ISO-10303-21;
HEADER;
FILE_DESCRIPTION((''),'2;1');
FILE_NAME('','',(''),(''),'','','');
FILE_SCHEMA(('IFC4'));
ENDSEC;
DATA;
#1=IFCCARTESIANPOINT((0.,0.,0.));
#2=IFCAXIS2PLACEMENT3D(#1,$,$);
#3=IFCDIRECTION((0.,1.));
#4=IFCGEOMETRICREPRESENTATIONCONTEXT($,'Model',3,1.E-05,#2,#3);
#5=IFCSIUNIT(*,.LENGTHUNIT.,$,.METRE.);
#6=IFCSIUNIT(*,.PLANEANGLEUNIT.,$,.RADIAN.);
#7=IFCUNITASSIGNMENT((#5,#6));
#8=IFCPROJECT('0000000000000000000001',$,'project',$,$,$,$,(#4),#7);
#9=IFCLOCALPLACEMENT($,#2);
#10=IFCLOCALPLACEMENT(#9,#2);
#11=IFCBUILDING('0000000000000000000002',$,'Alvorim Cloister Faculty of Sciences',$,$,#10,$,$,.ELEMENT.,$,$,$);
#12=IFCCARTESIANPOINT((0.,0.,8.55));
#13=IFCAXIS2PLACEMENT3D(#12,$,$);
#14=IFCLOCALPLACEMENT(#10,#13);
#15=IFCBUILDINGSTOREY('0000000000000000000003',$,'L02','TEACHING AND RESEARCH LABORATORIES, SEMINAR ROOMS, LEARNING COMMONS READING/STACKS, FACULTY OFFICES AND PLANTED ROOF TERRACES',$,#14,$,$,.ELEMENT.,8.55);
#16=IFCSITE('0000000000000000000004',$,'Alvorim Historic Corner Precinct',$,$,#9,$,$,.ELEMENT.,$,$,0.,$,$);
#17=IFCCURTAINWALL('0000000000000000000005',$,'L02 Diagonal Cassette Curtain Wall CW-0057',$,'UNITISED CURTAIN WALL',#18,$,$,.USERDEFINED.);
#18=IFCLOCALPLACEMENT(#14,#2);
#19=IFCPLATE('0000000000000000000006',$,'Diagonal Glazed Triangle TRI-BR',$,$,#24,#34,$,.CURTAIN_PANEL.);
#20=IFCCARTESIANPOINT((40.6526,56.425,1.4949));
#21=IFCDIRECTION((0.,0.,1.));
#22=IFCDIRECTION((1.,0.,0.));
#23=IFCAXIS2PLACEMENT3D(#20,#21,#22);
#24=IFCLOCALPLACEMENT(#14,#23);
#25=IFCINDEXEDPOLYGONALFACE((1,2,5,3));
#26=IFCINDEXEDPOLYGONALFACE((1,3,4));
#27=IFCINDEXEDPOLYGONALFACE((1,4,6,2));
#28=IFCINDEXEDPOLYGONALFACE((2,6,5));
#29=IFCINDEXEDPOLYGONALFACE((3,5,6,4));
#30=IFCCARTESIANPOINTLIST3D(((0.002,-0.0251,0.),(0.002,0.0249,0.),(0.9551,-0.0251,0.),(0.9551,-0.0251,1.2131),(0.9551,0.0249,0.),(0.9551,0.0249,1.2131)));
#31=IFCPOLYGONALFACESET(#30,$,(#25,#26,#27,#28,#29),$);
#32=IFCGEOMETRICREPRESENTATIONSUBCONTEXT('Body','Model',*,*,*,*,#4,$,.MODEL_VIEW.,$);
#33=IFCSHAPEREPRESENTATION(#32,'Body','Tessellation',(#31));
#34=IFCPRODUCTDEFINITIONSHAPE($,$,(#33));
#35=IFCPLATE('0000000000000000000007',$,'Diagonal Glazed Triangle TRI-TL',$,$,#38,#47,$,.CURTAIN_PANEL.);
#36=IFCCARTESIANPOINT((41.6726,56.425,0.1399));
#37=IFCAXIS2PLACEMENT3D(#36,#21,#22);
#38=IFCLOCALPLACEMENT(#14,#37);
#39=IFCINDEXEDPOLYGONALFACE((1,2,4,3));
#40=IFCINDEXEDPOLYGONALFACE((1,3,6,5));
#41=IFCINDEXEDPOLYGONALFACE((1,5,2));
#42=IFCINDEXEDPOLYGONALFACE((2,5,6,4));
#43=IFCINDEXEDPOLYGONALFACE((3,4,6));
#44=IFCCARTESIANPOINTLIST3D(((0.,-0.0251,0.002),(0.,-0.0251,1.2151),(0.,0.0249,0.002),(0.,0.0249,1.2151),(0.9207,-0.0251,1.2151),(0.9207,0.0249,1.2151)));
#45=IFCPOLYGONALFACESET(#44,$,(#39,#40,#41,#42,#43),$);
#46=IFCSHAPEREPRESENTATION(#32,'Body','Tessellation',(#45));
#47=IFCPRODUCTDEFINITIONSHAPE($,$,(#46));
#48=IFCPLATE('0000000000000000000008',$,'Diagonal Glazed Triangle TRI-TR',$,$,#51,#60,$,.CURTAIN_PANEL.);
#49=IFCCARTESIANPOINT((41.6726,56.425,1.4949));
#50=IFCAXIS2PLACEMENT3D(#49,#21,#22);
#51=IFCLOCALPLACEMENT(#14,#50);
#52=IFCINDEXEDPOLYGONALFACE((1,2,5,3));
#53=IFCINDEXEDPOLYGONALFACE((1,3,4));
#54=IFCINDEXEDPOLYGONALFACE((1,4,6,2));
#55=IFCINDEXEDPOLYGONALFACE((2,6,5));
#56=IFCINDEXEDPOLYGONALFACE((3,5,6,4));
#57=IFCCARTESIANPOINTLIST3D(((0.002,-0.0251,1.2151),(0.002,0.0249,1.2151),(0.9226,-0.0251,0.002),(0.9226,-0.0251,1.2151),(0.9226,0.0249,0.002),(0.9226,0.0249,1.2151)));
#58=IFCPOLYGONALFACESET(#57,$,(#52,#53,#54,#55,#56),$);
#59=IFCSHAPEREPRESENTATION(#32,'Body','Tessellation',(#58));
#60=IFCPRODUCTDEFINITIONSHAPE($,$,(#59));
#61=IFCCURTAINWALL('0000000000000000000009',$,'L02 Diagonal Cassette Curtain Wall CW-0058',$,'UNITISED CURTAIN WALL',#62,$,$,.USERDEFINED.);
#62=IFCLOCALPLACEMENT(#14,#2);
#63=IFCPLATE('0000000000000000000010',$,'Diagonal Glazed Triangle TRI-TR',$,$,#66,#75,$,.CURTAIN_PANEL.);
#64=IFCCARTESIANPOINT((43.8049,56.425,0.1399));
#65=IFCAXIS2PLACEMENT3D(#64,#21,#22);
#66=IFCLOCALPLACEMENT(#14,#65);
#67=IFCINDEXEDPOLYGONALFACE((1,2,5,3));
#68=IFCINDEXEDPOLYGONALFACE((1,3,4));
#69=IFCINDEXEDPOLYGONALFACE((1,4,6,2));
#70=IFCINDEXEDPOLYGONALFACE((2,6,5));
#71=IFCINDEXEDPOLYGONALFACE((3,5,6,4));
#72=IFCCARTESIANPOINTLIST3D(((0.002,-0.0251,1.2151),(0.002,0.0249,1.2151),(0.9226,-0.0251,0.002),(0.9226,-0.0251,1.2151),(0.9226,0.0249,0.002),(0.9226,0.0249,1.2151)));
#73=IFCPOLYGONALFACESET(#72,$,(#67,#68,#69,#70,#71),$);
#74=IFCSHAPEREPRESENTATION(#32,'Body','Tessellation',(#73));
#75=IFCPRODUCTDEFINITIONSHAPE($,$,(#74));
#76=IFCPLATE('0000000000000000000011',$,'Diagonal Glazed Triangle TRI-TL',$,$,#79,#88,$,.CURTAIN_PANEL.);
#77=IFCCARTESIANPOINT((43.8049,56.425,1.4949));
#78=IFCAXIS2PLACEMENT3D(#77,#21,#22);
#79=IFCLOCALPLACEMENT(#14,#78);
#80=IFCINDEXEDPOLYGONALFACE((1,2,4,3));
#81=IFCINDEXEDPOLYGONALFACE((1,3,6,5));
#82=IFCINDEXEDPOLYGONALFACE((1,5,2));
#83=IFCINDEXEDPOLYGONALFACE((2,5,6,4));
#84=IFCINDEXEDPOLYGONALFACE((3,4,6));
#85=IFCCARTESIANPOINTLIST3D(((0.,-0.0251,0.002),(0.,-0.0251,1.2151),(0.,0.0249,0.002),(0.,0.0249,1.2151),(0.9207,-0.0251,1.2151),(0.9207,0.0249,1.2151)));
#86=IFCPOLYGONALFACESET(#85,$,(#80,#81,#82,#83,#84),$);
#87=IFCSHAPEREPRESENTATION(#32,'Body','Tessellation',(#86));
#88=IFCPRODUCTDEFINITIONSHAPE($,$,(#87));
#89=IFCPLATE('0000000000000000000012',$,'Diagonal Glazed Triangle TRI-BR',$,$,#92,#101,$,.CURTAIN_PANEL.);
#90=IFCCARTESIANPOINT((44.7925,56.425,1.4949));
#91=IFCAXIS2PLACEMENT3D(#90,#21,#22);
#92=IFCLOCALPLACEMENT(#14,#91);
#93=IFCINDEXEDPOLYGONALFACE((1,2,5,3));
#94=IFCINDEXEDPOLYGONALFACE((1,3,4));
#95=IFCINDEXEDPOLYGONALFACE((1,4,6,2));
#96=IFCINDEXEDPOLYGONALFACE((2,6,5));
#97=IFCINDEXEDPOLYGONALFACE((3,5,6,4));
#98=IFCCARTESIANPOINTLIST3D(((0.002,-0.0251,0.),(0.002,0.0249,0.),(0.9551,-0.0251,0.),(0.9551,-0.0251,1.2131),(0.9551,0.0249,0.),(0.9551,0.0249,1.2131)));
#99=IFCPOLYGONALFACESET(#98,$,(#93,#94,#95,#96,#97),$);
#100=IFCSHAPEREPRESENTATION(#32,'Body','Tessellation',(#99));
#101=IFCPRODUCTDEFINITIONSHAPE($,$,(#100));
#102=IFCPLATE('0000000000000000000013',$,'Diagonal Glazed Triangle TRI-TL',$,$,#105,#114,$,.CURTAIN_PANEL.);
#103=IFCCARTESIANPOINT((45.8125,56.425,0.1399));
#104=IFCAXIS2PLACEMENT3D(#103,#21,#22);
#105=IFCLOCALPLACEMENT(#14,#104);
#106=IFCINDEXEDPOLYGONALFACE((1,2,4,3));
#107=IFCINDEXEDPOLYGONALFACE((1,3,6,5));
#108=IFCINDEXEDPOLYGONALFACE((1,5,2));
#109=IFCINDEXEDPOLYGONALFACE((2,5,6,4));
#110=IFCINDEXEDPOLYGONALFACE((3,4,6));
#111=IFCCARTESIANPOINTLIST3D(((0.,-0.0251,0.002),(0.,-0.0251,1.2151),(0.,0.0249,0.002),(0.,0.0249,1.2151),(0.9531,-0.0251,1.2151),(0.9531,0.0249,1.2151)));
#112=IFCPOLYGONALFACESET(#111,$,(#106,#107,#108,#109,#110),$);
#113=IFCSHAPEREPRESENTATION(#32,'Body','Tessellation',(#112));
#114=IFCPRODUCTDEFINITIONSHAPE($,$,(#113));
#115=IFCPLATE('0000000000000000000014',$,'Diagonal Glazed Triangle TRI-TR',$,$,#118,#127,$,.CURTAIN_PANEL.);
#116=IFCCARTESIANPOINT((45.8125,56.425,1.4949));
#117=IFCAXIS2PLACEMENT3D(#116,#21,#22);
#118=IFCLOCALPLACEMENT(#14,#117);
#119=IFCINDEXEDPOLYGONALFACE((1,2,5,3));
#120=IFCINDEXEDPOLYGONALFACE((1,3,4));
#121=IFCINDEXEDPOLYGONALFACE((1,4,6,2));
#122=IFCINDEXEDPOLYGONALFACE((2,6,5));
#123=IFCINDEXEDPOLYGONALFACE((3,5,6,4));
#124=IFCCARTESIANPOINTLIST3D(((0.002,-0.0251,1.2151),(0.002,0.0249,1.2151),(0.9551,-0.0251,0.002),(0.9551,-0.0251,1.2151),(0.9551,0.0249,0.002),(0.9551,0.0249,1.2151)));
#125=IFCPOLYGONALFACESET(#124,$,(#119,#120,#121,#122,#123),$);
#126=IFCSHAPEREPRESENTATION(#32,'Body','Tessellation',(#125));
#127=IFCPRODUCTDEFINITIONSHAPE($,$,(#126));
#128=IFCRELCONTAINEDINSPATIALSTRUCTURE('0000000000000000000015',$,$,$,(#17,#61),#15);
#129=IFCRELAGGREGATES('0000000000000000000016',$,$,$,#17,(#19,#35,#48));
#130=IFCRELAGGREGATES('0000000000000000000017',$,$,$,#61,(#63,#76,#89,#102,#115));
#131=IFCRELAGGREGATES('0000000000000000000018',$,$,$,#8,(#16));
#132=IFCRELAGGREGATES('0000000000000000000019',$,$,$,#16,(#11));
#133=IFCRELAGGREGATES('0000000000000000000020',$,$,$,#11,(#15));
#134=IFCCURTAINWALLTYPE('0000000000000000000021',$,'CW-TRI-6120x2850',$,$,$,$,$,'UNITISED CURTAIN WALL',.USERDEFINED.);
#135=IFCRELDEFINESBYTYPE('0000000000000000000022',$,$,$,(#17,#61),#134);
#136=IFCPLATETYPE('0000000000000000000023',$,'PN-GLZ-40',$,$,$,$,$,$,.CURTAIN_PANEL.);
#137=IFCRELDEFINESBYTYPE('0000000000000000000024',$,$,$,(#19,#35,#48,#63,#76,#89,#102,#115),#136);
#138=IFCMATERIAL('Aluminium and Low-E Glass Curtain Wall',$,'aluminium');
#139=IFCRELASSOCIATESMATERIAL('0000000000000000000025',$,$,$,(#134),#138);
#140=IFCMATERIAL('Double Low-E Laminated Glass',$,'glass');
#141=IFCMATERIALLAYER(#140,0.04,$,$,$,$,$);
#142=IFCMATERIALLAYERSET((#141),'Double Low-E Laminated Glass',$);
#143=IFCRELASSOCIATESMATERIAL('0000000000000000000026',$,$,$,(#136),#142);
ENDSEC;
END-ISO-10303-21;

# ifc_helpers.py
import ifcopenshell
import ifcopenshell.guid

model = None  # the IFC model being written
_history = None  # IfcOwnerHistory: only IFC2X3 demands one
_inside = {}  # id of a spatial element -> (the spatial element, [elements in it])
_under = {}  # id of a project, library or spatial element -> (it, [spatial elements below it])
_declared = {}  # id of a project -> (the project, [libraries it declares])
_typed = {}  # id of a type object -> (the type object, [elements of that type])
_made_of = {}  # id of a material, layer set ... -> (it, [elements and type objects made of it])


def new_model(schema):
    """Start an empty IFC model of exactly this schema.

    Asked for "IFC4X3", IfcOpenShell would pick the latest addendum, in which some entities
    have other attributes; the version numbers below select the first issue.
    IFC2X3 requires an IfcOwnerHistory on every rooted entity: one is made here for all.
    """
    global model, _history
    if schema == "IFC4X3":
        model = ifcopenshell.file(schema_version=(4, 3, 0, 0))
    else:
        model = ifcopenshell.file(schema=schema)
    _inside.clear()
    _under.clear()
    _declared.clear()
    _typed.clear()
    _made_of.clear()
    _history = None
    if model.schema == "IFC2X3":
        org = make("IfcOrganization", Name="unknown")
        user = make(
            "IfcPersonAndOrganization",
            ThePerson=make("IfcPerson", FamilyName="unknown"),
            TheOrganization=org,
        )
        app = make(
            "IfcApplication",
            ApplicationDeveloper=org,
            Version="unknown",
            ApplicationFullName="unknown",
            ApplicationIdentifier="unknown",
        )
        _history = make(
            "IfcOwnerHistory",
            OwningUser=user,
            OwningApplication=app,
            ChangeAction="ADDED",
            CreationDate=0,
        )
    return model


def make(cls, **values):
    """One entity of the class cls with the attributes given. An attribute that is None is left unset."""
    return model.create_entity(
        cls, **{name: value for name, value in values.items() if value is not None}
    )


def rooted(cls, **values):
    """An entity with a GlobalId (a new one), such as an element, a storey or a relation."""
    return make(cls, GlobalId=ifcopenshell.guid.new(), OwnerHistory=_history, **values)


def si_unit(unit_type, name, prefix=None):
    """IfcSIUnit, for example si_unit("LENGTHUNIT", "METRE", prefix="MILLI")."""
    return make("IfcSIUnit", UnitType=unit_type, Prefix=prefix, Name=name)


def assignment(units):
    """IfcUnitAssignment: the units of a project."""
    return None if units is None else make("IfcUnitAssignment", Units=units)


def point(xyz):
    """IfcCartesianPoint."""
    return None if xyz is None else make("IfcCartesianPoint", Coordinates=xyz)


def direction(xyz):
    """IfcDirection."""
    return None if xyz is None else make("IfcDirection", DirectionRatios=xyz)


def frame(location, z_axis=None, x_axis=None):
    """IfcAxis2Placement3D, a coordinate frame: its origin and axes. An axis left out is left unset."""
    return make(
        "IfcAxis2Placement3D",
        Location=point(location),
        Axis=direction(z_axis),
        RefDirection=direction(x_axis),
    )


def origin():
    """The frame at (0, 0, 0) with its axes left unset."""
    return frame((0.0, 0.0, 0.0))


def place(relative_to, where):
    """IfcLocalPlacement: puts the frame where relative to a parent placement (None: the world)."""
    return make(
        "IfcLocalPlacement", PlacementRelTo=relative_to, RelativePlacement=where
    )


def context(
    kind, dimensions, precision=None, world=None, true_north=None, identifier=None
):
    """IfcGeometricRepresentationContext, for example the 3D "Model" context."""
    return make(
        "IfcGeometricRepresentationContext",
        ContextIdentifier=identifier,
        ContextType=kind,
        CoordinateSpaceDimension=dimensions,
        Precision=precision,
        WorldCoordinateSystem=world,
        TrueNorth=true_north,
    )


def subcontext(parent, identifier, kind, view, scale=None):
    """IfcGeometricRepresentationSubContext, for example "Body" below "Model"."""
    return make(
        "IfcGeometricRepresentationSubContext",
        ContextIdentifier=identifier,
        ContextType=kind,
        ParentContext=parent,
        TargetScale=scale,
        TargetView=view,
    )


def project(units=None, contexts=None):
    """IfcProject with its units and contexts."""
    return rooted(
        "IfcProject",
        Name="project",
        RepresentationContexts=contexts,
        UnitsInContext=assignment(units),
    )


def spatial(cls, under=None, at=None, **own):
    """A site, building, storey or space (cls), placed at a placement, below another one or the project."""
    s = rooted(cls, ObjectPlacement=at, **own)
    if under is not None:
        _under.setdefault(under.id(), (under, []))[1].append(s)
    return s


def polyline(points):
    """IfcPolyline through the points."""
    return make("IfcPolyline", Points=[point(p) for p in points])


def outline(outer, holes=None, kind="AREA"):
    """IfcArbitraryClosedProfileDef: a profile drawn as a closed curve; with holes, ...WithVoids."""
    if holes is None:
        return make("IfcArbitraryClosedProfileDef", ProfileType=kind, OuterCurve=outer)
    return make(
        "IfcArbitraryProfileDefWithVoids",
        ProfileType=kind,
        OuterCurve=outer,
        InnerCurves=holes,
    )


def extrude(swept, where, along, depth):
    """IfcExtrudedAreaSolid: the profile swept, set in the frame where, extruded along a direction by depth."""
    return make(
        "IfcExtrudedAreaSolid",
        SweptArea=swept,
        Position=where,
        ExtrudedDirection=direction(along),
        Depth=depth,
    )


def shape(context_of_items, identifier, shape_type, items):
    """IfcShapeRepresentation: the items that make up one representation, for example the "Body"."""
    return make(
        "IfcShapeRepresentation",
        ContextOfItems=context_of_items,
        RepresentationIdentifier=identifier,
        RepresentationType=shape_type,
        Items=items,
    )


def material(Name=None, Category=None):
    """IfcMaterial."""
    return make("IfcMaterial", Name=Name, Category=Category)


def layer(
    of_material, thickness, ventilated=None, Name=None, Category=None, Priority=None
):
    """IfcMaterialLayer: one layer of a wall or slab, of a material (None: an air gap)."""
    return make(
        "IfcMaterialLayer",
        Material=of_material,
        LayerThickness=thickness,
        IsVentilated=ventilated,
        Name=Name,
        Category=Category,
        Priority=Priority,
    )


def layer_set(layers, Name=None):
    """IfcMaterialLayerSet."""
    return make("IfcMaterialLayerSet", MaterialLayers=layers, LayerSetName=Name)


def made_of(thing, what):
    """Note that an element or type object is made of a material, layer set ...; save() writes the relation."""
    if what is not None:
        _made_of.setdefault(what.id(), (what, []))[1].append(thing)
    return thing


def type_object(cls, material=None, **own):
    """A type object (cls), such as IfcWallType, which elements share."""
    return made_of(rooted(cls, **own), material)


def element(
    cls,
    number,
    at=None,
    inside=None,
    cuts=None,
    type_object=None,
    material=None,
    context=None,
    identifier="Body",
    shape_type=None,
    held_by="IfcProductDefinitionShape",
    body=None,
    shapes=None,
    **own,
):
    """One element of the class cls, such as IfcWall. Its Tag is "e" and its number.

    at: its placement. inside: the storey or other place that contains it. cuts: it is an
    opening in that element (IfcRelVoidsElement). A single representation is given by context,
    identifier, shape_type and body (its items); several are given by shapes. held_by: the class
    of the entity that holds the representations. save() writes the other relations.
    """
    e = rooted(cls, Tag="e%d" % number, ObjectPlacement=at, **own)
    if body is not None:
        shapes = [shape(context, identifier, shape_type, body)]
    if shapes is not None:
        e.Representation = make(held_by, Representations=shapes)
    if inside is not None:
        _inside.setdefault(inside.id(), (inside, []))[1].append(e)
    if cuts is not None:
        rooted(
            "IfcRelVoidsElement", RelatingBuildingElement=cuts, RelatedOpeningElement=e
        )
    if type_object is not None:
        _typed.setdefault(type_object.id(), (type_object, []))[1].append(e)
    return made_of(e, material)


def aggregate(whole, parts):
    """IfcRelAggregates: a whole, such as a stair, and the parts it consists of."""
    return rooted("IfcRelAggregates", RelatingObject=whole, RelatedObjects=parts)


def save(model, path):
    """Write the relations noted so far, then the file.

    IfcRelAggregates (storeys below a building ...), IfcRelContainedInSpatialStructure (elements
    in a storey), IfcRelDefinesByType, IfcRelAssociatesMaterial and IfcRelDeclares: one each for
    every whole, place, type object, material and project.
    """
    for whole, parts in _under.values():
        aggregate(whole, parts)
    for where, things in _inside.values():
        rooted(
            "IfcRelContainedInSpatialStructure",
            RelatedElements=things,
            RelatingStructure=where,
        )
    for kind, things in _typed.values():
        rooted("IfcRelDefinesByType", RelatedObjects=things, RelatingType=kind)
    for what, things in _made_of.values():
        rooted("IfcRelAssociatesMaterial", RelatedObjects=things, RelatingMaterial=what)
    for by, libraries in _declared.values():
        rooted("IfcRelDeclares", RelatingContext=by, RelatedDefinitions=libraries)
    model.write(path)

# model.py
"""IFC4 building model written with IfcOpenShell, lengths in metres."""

from ifc_helpers import new_model, si_unit, direction, frame, origin, place, context, subcontext, project, spatial, polyline, outline, extrude, material, layer, layer_set, type_object, element, aggregate, save


model = new_model("IFC4")

# Units and contexts
model_context = context("Model", 3, precision=1e-05, world=origin(), true_north=direction((0.0, 1.0)))
body_context = subcontext(model_context, "Body", "Model", "MODEL_VIEW")
ifc_project = project(units=[si_unit("LENGTHUNIT", "METRE"), si_unit("PLANEANGLEUNIT", "RADIAN")], contexts=[model_context])

# Site, building, storey
site_placement = place(None, origin())
site = spatial("IfcSite", under=ifc_project, at=site_placement, Name="Alvorim Historic Corner Precinct", CompositionType="ELEMENT", RefElevation=0.0)
building_placement = place(site_placement, origin())
building = spatial("IfcBuilding", under=site, at=building_placement, Name="Alvorim Cloister Faculty of Sciences", CompositionType="ELEMENT")
storey_placement = place(building_placement, frame((0.0, 0.0, 8.55)))
storey = spatial("IfcBuildingStorey", under=building, at=storey_placement, Name="L02", Description="TEACHING AND RESEARCH LABORATORIES, SEMINAR ROOMS, LEARNING COMMONS READING/STACKS, FACULTY OFFICES AND PLANTED ROOF TERRACES", CompositionType="ELEMENT", Elevation=8.55)

# Curtain walls, plates
ifc_material_1 = material(Name="Aluminium and Low-E Glass Curtain Wall", Category="aluminium")
curtain_wall_type = type_object("IfcCurtainWallType", Name="CW-TRI-6120x2850", ElementType="UNITISED CURTAIN WALL", PredefinedType="USERDEFINED", material=ifc_material_1)
curtain_wall_1_placement = place(storey_placement, origin())
curtain_wall_1 = element("IfcCurtainWall", 1, at=curtain_wall_1_placement, inside=storey, type_object=curtain_wall_type, Name="L02 Diagonal Cassette Curtain Wall CW-0057", ObjectType="UNITISED CURTAIN WALL", PredefinedType="USERDEFINED")
ifc_material_2 = material(Name="Double Low-E Laminated Glass", Category="glass")
ifc_layer_1 = layer(ifc_material_2, 0.04)
ifc_layer_set_1 = layer_set([ifc_layer_1], Name="Double Low-E Laminated Glass")
plate_type = type_object("IfcPlateType", Name="PN-GLZ-40", PredefinedType="CURTAIN_PANEL", material=ifc_layer_set_1)
plate_1_placement = place(storey_placement, frame((40.6526, 56.425, 1.4949), z_axis=(0.0, 0.0, 1.0), x_axis=(1.0, 0.0, 0.0)))
plate_1 = element("IfcPlate", 2, at=plate_1_placement, type_object=plate_type, Name="Diagonal Glazed Triangle TRI-BR", PredefinedType="CURTAIN_PANEL", context=body_context, shape_type="SweptSolid", body=[
    extrude(outline(polyline([(0.002, 0.0), (0.9551, 0.0), (0.9551, 1.2131), (0.002, 0.0)])), frame((0.0, 0.0249, 0.0), z_axis=(0.0, -1.0, 0.0), x_axis=(1.0, 0.0, 0.0)), (0.0, 0.0, 1.0), 0.05),
])
plate_2_placement = place(storey_placement, frame((41.6726, 56.425, 0.1399), z_axis=(0.0, 0.0, 1.0), x_axis=(1.0, 0.0, 0.0)))
plate_2 = element("IfcPlate", 3, at=plate_2_placement, type_object=plate_type, Name="Diagonal Glazed Triangle TRI-TL", PredefinedType="CURTAIN_PANEL", context=body_context, shape_type="SweptSolid", body=[
    extrude(outline(polyline([(0.9207, 1.2151), (0.0, 1.2151), (0.0, 0.002), (0.9207, 1.2151)])), frame((0.0, 0.0249, 0.0), z_axis=(0.0, -1.0, 0.0), x_axis=(1.0, 0.0, 0.0)), (0.0, 0.0, 1.0), 0.05),
])
plate_3_placement = place(storey_placement, frame((41.6726, 56.425, 1.4949), z_axis=(0.0, 0.0, 1.0), x_axis=(1.0, 0.0, 0.0)))
plate_3 = element("IfcPlate", 4, at=plate_3_placement, type_object=plate_type, Name="Diagonal Glazed Triangle TRI-TR", PredefinedType="CURTAIN_PANEL", context=body_context, shape_type="SweptSolid", body=[
    extrude(outline(polyline([(0.9226, 0.002), (0.9226, 1.2151), (0.002, 1.2151), (0.9226, 0.002)])), frame((0.0, 0.0249, 0.0), z_axis=(0.0, -1.0, 0.0), x_axis=(1.0, 0.0, 0.0)), (0.0, 0.0, 1.0), 0.05),
])
aggregate(curtain_wall_1, [plate_1, plate_2, plate_3])
curtain_wall_2_placement = place(storey_placement, origin())
curtain_wall_2 = element("IfcCurtainWall", 5, at=curtain_wall_2_placement, inside=storey, type_object=curtain_wall_type, Name="L02 Diagonal Cassette Curtain Wall CW-0058", ObjectType="UNITISED CURTAIN WALL", PredefinedType="USERDEFINED")
plate_4_placement = place(storey_placement, frame((43.8049, 56.425, 0.1399), z_axis=(0.0, 0.0, 1.0), x_axis=(1.0, 0.0, 0.0)))
plate_4 = element("IfcPlate", 6, at=plate_4_placement, type_object=plate_type, Name="Diagonal Glazed Triangle TRI-TR", PredefinedType="CURTAIN_PANEL", context=body_context, shape_type="SweptSolid", body=[
    extrude(outline(polyline([(0.9226, 0.002), (0.9226, 1.2151), (0.002, 1.2151), (0.9226, 0.002)])), frame((0.0, 0.0249, 0.0), z_axis=(0.0, -1.0, 0.0), x_axis=(1.0, 0.0, 0.0)), (0.0, 0.0, 1.0), 0.05),
])
plate_5_placement = place(storey_placement, frame((43.8049, 56.425, 1.4949), z_axis=(0.0, 0.0, 1.0), x_axis=(1.0, 0.0, 0.0)))
plate_5 = element("IfcPlate", 7, at=plate_5_placement, type_object=plate_type, Name="Diagonal Glazed Triangle TRI-TL", PredefinedType="CURTAIN_PANEL", context=body_context, shape_type="SweptSolid", body=[
    extrude(outline(polyline([(0.9207, 1.2151), (0.0, 1.2151), (0.0, 0.002), (0.9207, 1.2151)])), frame((0.0, 0.0249, 0.0), z_axis=(0.0, -1.0, 0.0), x_axis=(1.0, 0.0, 0.0)), (0.0, 0.0, 1.0), 0.05),
])
plate_6_placement = place(storey_placement, frame((44.7925, 56.425, 1.4949), z_axis=(0.0, 0.0, 1.0), x_axis=(1.0, 0.0, 0.0)))
plate_6 = element("IfcPlate", 8, at=plate_6_placement, type_object=plate_type, Name="Diagonal Glazed Triangle TRI-BR", PredefinedType="CURTAIN_PANEL", context=body_context, shape_type="SweptSolid", body=[
    extrude(outline(polyline([(0.002, 0.0), (0.9551, 0.0), (0.9551, 1.2131), (0.002, 0.0)])), frame((0.0, 0.0249, 0.0), z_axis=(0.0, -1.0, 0.0), x_axis=(1.0, 0.0, 0.0)), (0.0, 0.0, 1.0), 0.05),
])
plate_7_placement = place(storey_placement, frame((45.8125, 56.425, 0.1399), z_axis=(0.0, 0.0, 1.0), x_axis=(1.0, 0.0, 0.0)))
plate_7 = element("IfcPlate", 9, at=plate_7_placement, type_object=plate_type, Name="Diagonal Glazed Triangle TRI-TL", PredefinedType="CURTAIN_PANEL", context=body_context, shape_type="SweptSolid", body=[
    extrude(outline(polyline([(0.9531, 1.2151), (0.0, 1.2151), (0.0, 0.002), (0.9531, 1.2151)])), frame((0.0, 0.0249, 0.0), z_axis=(0.0, -1.0, 0.0), x_axis=(1.0, 0.0, 0.0)), (0.0, 0.0, 1.0), 0.05),
])
plate_8_placement = place(storey_placement, frame((45.8125, 56.425, 1.4949), z_axis=(0.0, 0.0, 1.0), x_axis=(1.0, 0.0, 0.0)))
plate_8 = element("IfcPlate", 10, at=plate_8_placement, type_object=plate_type, Name="Diagonal Glazed Triangle TRI-TR", PredefinedType="CURTAIN_PANEL", context=body_context, shape_type="SweptSolid", body=[
    extrude(outline(polyline([(0.9551, 0.002), (0.9551, 1.2151), (0.002, 1.2151), (0.9551, 0.002)])), frame((0.0, 0.0249, 0.0), z_axis=(0.0, -1.0, 0.0), x_axis=(1.0, 0.0, 0.0)), (0.0, 0.0, 1.0), 0.05),
])
aggregate(curtain_wall_2, [plate_4, plate_5, plate_6, plate_7, plate_8])

save(model, "model.ifc")
